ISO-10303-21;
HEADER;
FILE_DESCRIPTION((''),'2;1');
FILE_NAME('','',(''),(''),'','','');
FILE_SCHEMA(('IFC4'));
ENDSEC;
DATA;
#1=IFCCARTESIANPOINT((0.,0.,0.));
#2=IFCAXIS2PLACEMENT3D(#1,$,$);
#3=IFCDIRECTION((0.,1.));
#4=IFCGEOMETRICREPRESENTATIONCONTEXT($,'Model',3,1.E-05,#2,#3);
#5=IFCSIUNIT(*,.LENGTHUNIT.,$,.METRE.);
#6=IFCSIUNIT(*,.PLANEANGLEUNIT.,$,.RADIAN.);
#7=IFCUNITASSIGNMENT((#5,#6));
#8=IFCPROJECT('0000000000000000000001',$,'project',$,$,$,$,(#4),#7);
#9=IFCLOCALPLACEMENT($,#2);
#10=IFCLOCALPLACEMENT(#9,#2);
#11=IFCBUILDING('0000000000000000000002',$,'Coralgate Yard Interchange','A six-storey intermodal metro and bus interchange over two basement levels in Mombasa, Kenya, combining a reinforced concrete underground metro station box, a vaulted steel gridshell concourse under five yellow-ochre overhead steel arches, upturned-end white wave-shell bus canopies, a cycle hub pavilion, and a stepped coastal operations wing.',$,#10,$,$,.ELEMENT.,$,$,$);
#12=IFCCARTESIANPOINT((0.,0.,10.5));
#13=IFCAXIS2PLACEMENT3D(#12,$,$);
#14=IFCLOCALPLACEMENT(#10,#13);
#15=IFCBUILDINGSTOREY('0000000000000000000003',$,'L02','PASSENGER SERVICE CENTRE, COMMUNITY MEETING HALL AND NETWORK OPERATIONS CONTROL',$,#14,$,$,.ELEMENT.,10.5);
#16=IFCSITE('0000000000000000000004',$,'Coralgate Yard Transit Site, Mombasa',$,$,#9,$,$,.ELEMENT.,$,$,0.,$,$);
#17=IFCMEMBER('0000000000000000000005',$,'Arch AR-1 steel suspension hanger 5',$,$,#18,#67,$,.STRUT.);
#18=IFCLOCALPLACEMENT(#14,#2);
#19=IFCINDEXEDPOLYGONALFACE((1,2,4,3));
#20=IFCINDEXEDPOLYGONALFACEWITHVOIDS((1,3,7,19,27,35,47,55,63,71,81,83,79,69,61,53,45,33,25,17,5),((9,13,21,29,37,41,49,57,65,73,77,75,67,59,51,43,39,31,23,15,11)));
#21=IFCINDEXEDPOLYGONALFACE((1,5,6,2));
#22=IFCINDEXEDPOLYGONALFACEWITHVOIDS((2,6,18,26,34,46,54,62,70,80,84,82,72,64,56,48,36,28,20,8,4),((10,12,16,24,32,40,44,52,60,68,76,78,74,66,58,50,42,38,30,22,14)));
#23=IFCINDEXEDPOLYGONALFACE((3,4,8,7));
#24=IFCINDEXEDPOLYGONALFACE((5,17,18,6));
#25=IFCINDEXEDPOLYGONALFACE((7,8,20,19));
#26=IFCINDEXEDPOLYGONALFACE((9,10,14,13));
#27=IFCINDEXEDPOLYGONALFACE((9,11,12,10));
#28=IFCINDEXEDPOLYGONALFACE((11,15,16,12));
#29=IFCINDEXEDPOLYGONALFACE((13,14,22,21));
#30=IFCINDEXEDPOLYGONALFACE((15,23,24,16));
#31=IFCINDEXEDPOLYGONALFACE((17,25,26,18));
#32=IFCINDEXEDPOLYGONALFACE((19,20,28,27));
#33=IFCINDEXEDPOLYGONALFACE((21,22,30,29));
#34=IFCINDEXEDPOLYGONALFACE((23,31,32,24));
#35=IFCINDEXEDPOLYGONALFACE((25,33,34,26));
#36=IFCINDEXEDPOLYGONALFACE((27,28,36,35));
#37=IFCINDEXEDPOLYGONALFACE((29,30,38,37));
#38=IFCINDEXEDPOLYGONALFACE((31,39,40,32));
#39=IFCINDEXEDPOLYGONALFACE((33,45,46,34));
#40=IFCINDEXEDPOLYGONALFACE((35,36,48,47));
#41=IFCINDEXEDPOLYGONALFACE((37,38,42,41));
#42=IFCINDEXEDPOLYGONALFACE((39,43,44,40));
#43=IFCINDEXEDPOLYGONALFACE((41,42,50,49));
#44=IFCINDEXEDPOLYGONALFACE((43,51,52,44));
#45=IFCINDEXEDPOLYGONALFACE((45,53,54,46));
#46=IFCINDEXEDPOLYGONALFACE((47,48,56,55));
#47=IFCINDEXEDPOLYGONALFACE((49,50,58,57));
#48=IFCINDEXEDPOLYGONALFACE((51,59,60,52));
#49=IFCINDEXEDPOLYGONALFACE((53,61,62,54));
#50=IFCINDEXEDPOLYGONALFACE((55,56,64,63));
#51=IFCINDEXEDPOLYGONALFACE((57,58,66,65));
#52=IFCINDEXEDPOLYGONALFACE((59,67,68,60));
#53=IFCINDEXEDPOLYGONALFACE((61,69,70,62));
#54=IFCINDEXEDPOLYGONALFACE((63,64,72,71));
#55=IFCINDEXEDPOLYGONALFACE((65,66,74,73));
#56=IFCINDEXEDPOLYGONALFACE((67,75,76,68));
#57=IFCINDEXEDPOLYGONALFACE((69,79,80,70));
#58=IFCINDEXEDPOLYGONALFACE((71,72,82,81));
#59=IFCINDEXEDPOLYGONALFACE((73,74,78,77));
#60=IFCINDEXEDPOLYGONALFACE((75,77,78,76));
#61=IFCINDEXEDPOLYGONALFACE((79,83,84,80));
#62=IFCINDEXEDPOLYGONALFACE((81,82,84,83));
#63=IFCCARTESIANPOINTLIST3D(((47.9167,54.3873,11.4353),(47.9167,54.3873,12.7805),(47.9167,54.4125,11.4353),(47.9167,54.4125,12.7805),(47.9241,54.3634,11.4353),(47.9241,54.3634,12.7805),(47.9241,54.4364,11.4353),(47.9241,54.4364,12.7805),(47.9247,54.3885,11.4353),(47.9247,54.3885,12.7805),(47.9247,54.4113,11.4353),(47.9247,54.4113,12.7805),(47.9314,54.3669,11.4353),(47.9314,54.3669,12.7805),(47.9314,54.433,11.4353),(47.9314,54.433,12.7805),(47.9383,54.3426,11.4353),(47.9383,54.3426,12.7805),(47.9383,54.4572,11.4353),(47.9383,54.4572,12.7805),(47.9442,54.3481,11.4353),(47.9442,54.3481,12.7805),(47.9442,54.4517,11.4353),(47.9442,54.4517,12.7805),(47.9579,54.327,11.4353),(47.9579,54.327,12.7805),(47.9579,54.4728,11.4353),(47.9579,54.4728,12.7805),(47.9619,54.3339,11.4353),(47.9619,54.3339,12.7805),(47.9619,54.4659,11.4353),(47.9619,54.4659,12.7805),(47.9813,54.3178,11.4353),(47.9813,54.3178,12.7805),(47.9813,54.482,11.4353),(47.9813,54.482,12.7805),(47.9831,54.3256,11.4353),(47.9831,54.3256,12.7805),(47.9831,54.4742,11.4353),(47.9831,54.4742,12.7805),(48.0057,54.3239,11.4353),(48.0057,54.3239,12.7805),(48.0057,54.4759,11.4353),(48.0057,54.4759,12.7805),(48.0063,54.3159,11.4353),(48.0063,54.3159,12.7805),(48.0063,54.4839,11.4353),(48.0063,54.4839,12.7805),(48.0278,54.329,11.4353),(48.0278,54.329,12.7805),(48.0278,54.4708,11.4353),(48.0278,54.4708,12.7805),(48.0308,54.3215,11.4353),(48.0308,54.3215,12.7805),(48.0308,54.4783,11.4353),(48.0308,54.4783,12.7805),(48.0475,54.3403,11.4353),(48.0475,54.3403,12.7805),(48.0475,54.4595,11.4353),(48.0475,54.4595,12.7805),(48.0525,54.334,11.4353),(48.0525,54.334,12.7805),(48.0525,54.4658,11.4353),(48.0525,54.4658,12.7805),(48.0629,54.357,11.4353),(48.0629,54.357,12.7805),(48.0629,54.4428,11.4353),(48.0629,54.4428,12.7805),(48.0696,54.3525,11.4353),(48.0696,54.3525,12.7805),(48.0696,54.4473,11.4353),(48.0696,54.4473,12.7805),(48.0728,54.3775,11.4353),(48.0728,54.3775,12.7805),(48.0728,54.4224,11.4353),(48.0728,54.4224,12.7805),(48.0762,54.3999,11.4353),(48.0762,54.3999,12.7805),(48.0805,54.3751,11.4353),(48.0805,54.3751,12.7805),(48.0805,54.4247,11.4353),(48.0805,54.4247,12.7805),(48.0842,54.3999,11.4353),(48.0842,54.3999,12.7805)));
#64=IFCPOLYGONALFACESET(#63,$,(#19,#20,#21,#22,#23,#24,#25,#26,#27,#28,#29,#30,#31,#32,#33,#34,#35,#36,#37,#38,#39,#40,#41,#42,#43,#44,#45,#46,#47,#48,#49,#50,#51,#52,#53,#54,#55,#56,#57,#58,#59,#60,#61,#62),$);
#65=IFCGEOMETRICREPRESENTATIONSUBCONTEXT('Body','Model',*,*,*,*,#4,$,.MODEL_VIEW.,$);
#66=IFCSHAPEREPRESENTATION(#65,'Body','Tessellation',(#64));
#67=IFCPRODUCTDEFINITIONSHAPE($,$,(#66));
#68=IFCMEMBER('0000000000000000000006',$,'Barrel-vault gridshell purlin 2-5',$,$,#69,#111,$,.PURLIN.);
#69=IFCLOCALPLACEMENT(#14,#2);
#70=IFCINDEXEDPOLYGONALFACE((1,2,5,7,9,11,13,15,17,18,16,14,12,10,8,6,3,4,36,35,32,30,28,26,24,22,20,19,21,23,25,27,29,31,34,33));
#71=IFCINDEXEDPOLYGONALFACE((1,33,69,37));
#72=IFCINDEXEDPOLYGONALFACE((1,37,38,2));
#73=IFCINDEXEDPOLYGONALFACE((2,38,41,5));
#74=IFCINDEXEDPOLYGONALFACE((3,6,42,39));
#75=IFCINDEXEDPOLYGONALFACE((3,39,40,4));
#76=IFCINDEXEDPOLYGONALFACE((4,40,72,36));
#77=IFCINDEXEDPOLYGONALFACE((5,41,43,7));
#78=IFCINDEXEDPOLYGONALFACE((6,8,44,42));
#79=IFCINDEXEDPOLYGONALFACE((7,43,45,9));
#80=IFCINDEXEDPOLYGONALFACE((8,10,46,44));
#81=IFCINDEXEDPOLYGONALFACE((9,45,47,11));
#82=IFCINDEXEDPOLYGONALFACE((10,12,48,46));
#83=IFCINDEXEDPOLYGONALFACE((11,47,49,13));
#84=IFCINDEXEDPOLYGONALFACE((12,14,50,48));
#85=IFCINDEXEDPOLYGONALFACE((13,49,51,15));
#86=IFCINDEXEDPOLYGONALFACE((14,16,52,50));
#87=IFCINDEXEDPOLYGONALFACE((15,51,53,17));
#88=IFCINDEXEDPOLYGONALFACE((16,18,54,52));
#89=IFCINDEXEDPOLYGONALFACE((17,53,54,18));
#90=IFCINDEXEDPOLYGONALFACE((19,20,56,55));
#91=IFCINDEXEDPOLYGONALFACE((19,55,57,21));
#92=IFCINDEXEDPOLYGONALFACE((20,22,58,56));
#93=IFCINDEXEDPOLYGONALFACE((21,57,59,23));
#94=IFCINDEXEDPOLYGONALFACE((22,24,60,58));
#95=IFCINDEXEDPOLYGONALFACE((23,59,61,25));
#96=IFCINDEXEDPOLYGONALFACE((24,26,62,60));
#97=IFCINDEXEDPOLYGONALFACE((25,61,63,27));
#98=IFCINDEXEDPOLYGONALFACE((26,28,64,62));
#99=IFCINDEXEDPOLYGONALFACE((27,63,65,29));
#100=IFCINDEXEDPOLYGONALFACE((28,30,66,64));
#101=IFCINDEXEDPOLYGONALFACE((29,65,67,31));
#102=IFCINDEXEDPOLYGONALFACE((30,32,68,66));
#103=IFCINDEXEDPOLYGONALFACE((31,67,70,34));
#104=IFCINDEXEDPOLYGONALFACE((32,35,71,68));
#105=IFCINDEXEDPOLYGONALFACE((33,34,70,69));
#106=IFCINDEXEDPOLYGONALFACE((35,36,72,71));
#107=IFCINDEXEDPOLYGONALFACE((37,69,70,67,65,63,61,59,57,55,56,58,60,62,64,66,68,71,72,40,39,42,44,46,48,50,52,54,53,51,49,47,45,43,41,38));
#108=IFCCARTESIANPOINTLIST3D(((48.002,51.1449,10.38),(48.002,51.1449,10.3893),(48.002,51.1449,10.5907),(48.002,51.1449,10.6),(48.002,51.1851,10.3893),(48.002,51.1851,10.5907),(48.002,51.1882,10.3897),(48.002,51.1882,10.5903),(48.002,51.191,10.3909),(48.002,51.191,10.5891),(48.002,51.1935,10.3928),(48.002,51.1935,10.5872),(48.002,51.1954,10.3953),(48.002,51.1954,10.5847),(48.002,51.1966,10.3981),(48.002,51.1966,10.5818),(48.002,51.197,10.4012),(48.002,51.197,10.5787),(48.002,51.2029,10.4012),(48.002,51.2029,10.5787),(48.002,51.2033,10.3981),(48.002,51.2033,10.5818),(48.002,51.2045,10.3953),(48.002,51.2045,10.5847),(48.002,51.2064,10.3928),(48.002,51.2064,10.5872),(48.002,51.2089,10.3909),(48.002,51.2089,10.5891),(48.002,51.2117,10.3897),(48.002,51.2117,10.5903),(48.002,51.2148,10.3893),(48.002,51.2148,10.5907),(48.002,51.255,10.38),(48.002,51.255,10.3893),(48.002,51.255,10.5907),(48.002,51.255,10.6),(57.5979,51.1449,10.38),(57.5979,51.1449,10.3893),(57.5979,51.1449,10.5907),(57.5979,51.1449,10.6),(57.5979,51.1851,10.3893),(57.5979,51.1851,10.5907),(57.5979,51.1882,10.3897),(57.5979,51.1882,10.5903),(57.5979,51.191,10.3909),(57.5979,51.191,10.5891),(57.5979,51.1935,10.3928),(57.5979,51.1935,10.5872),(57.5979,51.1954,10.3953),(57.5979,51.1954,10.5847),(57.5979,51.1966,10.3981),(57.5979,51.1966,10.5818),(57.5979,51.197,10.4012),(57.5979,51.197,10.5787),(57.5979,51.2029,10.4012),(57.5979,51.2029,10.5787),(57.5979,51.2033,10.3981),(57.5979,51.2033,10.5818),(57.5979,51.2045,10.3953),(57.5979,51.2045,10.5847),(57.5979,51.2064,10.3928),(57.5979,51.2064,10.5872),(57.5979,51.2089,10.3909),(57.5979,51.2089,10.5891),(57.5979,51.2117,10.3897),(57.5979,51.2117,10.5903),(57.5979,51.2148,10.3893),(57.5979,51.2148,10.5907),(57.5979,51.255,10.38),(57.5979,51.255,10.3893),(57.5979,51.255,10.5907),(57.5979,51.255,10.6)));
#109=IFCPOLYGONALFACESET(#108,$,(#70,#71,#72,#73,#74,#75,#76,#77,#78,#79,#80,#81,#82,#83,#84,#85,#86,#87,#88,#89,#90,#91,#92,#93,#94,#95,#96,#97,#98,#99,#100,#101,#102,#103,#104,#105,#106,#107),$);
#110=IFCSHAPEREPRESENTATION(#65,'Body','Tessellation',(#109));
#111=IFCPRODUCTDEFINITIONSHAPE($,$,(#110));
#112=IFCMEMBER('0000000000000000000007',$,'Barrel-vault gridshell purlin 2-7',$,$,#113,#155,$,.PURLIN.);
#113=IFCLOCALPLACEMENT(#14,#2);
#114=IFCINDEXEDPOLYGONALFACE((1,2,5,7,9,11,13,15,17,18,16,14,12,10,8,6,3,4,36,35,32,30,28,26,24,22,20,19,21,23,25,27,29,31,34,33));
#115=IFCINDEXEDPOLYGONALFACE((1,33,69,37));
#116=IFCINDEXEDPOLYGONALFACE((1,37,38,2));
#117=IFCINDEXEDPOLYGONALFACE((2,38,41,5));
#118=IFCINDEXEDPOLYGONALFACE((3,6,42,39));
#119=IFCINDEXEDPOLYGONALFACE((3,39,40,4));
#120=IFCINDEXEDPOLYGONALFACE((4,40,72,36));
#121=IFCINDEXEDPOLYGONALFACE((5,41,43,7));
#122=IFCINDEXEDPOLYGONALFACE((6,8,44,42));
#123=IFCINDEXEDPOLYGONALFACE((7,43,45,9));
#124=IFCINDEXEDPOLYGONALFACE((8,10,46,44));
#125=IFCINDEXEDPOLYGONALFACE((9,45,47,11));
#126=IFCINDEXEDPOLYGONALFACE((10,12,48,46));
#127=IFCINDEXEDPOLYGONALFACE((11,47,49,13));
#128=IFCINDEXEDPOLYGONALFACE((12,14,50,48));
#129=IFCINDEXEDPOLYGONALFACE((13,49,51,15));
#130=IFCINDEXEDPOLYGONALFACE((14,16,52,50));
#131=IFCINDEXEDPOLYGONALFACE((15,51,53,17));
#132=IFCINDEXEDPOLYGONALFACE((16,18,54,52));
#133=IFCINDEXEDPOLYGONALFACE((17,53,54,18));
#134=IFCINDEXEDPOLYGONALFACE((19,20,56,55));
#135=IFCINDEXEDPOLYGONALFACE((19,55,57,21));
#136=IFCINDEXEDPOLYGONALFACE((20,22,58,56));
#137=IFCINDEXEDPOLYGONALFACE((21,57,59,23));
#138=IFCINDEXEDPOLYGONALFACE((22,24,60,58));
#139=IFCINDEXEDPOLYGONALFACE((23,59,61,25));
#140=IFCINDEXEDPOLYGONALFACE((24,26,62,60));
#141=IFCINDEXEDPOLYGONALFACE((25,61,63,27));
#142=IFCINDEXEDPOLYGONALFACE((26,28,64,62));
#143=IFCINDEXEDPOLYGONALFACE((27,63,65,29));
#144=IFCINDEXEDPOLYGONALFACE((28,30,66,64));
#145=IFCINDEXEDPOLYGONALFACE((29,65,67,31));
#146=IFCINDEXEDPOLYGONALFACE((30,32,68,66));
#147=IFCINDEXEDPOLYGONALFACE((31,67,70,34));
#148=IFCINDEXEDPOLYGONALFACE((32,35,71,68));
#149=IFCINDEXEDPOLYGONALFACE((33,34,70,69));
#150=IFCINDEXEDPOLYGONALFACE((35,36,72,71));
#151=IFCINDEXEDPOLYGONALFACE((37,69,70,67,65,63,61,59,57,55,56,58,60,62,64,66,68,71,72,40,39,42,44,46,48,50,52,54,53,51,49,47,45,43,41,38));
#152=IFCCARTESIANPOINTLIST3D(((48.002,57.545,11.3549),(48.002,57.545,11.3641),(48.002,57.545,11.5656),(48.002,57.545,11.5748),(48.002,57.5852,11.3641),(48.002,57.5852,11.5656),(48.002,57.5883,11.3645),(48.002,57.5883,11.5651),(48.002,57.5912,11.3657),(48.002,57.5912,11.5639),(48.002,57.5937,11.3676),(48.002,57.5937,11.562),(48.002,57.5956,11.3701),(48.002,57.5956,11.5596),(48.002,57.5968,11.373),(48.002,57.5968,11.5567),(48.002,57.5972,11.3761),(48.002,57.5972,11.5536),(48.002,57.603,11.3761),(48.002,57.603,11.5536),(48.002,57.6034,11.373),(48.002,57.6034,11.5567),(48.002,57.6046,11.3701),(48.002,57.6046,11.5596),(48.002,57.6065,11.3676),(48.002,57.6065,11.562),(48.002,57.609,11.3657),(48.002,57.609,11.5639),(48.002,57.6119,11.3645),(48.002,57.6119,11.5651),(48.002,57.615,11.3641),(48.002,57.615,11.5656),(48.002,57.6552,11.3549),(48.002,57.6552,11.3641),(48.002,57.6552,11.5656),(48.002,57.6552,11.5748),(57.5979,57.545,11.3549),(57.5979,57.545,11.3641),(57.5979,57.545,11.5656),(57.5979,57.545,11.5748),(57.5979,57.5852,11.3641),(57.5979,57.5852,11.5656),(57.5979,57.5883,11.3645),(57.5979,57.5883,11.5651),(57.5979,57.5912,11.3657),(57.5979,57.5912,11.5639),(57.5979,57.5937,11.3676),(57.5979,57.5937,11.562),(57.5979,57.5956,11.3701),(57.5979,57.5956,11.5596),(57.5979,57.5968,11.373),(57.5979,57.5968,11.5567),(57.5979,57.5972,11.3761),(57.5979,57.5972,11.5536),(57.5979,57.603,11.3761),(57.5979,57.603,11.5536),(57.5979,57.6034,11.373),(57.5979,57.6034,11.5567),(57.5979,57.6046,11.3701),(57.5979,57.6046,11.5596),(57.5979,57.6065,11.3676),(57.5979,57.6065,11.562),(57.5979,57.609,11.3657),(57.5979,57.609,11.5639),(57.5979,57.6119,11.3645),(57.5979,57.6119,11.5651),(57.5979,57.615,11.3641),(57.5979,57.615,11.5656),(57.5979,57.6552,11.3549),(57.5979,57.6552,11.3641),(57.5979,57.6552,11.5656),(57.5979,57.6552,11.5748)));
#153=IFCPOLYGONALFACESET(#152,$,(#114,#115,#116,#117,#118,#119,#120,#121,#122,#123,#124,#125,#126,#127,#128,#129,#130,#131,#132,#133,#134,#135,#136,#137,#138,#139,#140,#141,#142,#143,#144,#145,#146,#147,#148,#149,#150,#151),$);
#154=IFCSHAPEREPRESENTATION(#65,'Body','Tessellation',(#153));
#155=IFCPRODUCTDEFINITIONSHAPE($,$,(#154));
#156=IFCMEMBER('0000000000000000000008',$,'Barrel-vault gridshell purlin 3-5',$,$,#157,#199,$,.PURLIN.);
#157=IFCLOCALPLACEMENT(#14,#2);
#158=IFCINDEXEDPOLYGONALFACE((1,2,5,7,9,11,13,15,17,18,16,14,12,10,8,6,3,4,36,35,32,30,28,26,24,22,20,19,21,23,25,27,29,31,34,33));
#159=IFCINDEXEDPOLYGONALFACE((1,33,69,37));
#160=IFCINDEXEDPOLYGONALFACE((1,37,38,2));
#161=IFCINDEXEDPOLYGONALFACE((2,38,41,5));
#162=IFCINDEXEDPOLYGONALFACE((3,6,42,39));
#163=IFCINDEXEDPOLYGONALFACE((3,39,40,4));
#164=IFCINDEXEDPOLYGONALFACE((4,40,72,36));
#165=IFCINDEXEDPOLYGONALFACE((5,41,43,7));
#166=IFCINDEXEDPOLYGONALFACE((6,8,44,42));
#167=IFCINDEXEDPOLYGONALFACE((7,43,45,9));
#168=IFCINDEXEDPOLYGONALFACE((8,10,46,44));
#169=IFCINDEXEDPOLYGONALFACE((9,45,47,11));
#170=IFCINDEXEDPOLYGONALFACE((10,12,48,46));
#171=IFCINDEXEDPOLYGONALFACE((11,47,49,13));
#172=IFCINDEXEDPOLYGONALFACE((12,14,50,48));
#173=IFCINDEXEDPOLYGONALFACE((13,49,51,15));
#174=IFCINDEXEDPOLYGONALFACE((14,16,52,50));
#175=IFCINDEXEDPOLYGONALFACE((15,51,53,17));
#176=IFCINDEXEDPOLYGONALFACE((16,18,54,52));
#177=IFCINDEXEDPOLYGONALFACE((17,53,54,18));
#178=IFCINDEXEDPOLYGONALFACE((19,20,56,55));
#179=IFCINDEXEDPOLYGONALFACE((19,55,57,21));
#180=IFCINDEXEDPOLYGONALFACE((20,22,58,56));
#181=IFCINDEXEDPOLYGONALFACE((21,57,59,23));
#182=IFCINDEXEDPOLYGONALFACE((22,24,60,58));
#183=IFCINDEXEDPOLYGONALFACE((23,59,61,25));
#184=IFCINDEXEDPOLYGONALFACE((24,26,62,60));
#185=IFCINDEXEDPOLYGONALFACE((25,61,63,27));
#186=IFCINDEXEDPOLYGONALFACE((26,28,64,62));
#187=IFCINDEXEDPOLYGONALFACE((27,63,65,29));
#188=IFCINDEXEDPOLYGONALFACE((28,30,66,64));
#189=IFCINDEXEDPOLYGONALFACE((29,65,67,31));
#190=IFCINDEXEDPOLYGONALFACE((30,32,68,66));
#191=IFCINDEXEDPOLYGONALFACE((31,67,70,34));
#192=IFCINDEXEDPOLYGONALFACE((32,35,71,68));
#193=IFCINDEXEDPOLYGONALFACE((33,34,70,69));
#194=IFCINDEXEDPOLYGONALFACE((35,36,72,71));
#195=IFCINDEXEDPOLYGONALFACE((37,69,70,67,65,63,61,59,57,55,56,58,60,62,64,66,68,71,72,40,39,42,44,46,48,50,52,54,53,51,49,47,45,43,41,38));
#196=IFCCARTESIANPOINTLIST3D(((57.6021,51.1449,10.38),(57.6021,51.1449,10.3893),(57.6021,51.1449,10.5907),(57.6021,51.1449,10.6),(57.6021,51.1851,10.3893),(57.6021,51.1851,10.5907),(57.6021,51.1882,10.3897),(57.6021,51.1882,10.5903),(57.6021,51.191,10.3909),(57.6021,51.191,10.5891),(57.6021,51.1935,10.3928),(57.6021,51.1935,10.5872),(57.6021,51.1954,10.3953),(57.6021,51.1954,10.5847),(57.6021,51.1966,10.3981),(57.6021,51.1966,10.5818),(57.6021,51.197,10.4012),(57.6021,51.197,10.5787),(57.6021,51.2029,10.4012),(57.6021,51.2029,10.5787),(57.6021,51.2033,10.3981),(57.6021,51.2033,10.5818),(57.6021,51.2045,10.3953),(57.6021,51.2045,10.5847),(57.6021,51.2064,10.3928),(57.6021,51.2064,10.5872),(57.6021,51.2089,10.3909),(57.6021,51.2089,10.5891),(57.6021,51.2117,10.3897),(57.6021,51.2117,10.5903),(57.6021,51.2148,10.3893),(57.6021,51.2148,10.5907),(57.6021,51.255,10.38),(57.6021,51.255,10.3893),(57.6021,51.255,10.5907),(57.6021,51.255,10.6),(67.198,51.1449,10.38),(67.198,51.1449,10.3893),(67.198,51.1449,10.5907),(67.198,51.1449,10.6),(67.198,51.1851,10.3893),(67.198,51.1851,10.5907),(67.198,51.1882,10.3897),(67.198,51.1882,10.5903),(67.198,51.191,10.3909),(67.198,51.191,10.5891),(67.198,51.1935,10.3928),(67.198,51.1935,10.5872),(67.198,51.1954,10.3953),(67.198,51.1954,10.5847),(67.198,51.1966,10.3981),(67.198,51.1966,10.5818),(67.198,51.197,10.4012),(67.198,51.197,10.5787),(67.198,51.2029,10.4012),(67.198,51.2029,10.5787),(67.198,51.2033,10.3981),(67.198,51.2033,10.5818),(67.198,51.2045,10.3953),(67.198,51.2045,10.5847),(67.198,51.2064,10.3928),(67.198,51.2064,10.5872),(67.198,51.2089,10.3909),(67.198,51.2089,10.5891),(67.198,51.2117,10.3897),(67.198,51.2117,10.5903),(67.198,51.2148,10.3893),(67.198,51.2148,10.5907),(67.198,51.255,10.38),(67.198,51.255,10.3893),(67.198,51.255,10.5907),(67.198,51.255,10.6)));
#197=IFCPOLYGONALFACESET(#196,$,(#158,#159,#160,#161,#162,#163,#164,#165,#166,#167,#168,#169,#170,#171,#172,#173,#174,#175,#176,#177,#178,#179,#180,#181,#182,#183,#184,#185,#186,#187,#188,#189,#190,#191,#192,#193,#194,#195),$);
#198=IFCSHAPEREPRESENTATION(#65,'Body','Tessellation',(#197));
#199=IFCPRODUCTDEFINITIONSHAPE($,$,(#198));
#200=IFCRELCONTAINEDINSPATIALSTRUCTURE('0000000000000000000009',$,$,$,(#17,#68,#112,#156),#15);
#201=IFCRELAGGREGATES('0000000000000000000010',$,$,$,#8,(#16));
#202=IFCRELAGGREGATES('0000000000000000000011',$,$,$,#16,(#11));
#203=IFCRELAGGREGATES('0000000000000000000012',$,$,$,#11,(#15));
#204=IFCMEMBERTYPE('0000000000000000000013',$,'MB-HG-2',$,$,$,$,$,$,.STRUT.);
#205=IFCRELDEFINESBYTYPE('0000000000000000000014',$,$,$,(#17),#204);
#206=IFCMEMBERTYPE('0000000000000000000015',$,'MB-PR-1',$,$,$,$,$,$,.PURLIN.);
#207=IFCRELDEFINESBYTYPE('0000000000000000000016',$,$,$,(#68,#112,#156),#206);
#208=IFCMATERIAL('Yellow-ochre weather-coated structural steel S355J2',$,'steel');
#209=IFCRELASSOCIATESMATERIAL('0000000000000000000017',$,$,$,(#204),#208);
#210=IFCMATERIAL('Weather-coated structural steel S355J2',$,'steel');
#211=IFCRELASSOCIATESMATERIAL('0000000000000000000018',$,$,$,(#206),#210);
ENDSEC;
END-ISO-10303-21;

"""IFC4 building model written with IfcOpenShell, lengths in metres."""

from ifc_helpers import new_model, si_unit, direction, frame, origin, origin_2d, place, context, subcontext, project, spatial, hollow_circle, i_section, extrude, material, material_profile, profile_set, type_object, element, save


model = new_model("IFC4")

# Units and contexts
model_context = context("Model", 3, precision=1e-05, world=origin(), true_north=direction((0.0, 1.0)))
body_context = subcontext(model_context, "Body", "Model", "MODEL_VIEW")
ifc_project = project(units=[si_unit("LENGTHUNIT", "METRE"), si_unit("PLANEANGLEUNIT", "RADIAN")], contexts=[model_context])

# Site, building, storey
site_placement = place(None, origin())
site = spatial("IfcSite", under=ifc_project, at=site_placement, Name="Coralgate Yard Transit Site, Mombasa", CompositionType="ELEMENT", RefElevation=0.0)
building_placement = place(site_placement, origin())
building = spatial("IfcBuilding", under=site, at=building_placement, Name="Coralgate Yard Interchange", Description="A six-storey intermodal metro and bus interchange over two basement levels in Mombasa, Kenya, combining a reinforced concrete underground metro station box, a vaulted steel gridshell concourse under five yellow-ochre overhead steel arches, upturned-end white wave-shell bus canopies, a cycle hub pavilion, and a stepped coastal operations wing.", CompositionType="ELEMENT")
storey_placement = place(building_placement, frame((0.0, 0.0, 10.5)))
storey = spatial("IfcBuildingStorey", under=building, at=storey_placement, Name="L02", Description="PASSENGER SERVICE CENTRE, COMMUNITY MEETING HALL AND NETWORK OPERATIONS CONTROL", CompositionType="ELEMENT", Elevation=10.5)

# Shared definitions
ifc_material_1 = material(Name="Yellow-ochre weather-coated structural steel S355J2", Category="steel")
ifc_material_2 = material(Name="Weather-coated structural steel S355J2", Category="steel")

# Members
ifc_material_profile_1 = material_profile(ifc_material_1, hollow_circle(Radius=0.0842, WallThickness=0.0081, at=origin_2d()), Name="CHS 168.3x8")
ifc_profile_set_1 = profile_set([ifc_material_profile_1], Name="Yellow-ochre weather-coated structural steel S355J2")
member_type_1 = type_object("IfcMemberType", Name="MB-HG-2", PredefinedType="STRUT", material=ifc_profile_set_1)
member_1_placement = place(storey_placement, frame((48.0, 54.3999, 11.4353), z_axis=(0.0, 0.0, 1.0), x_axis=(1.0, 0.0, 0.0)))
element("IfcMember", 1, at=member_1_placement, inside=storey, type_object=member_type_1, Name="Arch AR-1 steel suspension hanger 5", PredefinedType="STRUT", context=body_context, shape_type="SweptSolid", body=[
    extrude(hollow_circle(Radius=0.0842, WallThickness=0.0081, at=origin_2d()), origin(), (0.0, 0.0, 1.0), 1.3452),
])
ifc_material_profile_2 = material_profile(ifc_material_2, i_section(OverallWidth=0.1101, OverallDepth=0.22, WebThickness=0.0059, FlangeThickness=0.0093, FilletRadius=0.012, at=origin_2d()), Name="IPE 220")
ifc_profile_set_2 = profile_set([ifc_material_profile_2], Name="Weather-coated structural steel S355J2")
member_type_2 = type_object("IfcMemberType", Name="MB-PR-1", PredefinedType="PURLIN", material=ifc_profile_set_2)
for number, where, z_axis, x_axis, name in (
    (2, (48.002, 51.2, 10.49), (1.0, 0.0, 0.0), (0.0, 1.0, 0.0), "Barrel-vault gridshell purlin 2-5"),
    (3, (48.002, 57.6001, 11.4648), (1.0, 0.0, 0.0), (0.0, 1.0, 0.0), "Barrel-vault gridshell purlin 2-7"),
    (4, (57.6021, 51.2, 10.49), (1.0, 0.0, 0.0), (0.0, 1.0, 0.0), "Barrel-vault gridshell purlin 3-5"),
):
    element("IfcMember", number, at=place(storey_placement, frame(where, z_axis=z_axis, x_axis=x_axis)), inside=storey, type_object=member_type_2, Name=name, PredefinedType="PURLIN", context=body_context, shape_type="SweptSolid", body=[
        extrude(i_section(OverallWidth=0.1101, OverallDepth=0.22, WebThickness=0.0059, FlangeThickness=0.0093, FilletRadius=0.012, at=origin_2d()), origin(), (0.0, 0.0, 1.0), 9.5959),
    ])

save(model, "model.ifc")
